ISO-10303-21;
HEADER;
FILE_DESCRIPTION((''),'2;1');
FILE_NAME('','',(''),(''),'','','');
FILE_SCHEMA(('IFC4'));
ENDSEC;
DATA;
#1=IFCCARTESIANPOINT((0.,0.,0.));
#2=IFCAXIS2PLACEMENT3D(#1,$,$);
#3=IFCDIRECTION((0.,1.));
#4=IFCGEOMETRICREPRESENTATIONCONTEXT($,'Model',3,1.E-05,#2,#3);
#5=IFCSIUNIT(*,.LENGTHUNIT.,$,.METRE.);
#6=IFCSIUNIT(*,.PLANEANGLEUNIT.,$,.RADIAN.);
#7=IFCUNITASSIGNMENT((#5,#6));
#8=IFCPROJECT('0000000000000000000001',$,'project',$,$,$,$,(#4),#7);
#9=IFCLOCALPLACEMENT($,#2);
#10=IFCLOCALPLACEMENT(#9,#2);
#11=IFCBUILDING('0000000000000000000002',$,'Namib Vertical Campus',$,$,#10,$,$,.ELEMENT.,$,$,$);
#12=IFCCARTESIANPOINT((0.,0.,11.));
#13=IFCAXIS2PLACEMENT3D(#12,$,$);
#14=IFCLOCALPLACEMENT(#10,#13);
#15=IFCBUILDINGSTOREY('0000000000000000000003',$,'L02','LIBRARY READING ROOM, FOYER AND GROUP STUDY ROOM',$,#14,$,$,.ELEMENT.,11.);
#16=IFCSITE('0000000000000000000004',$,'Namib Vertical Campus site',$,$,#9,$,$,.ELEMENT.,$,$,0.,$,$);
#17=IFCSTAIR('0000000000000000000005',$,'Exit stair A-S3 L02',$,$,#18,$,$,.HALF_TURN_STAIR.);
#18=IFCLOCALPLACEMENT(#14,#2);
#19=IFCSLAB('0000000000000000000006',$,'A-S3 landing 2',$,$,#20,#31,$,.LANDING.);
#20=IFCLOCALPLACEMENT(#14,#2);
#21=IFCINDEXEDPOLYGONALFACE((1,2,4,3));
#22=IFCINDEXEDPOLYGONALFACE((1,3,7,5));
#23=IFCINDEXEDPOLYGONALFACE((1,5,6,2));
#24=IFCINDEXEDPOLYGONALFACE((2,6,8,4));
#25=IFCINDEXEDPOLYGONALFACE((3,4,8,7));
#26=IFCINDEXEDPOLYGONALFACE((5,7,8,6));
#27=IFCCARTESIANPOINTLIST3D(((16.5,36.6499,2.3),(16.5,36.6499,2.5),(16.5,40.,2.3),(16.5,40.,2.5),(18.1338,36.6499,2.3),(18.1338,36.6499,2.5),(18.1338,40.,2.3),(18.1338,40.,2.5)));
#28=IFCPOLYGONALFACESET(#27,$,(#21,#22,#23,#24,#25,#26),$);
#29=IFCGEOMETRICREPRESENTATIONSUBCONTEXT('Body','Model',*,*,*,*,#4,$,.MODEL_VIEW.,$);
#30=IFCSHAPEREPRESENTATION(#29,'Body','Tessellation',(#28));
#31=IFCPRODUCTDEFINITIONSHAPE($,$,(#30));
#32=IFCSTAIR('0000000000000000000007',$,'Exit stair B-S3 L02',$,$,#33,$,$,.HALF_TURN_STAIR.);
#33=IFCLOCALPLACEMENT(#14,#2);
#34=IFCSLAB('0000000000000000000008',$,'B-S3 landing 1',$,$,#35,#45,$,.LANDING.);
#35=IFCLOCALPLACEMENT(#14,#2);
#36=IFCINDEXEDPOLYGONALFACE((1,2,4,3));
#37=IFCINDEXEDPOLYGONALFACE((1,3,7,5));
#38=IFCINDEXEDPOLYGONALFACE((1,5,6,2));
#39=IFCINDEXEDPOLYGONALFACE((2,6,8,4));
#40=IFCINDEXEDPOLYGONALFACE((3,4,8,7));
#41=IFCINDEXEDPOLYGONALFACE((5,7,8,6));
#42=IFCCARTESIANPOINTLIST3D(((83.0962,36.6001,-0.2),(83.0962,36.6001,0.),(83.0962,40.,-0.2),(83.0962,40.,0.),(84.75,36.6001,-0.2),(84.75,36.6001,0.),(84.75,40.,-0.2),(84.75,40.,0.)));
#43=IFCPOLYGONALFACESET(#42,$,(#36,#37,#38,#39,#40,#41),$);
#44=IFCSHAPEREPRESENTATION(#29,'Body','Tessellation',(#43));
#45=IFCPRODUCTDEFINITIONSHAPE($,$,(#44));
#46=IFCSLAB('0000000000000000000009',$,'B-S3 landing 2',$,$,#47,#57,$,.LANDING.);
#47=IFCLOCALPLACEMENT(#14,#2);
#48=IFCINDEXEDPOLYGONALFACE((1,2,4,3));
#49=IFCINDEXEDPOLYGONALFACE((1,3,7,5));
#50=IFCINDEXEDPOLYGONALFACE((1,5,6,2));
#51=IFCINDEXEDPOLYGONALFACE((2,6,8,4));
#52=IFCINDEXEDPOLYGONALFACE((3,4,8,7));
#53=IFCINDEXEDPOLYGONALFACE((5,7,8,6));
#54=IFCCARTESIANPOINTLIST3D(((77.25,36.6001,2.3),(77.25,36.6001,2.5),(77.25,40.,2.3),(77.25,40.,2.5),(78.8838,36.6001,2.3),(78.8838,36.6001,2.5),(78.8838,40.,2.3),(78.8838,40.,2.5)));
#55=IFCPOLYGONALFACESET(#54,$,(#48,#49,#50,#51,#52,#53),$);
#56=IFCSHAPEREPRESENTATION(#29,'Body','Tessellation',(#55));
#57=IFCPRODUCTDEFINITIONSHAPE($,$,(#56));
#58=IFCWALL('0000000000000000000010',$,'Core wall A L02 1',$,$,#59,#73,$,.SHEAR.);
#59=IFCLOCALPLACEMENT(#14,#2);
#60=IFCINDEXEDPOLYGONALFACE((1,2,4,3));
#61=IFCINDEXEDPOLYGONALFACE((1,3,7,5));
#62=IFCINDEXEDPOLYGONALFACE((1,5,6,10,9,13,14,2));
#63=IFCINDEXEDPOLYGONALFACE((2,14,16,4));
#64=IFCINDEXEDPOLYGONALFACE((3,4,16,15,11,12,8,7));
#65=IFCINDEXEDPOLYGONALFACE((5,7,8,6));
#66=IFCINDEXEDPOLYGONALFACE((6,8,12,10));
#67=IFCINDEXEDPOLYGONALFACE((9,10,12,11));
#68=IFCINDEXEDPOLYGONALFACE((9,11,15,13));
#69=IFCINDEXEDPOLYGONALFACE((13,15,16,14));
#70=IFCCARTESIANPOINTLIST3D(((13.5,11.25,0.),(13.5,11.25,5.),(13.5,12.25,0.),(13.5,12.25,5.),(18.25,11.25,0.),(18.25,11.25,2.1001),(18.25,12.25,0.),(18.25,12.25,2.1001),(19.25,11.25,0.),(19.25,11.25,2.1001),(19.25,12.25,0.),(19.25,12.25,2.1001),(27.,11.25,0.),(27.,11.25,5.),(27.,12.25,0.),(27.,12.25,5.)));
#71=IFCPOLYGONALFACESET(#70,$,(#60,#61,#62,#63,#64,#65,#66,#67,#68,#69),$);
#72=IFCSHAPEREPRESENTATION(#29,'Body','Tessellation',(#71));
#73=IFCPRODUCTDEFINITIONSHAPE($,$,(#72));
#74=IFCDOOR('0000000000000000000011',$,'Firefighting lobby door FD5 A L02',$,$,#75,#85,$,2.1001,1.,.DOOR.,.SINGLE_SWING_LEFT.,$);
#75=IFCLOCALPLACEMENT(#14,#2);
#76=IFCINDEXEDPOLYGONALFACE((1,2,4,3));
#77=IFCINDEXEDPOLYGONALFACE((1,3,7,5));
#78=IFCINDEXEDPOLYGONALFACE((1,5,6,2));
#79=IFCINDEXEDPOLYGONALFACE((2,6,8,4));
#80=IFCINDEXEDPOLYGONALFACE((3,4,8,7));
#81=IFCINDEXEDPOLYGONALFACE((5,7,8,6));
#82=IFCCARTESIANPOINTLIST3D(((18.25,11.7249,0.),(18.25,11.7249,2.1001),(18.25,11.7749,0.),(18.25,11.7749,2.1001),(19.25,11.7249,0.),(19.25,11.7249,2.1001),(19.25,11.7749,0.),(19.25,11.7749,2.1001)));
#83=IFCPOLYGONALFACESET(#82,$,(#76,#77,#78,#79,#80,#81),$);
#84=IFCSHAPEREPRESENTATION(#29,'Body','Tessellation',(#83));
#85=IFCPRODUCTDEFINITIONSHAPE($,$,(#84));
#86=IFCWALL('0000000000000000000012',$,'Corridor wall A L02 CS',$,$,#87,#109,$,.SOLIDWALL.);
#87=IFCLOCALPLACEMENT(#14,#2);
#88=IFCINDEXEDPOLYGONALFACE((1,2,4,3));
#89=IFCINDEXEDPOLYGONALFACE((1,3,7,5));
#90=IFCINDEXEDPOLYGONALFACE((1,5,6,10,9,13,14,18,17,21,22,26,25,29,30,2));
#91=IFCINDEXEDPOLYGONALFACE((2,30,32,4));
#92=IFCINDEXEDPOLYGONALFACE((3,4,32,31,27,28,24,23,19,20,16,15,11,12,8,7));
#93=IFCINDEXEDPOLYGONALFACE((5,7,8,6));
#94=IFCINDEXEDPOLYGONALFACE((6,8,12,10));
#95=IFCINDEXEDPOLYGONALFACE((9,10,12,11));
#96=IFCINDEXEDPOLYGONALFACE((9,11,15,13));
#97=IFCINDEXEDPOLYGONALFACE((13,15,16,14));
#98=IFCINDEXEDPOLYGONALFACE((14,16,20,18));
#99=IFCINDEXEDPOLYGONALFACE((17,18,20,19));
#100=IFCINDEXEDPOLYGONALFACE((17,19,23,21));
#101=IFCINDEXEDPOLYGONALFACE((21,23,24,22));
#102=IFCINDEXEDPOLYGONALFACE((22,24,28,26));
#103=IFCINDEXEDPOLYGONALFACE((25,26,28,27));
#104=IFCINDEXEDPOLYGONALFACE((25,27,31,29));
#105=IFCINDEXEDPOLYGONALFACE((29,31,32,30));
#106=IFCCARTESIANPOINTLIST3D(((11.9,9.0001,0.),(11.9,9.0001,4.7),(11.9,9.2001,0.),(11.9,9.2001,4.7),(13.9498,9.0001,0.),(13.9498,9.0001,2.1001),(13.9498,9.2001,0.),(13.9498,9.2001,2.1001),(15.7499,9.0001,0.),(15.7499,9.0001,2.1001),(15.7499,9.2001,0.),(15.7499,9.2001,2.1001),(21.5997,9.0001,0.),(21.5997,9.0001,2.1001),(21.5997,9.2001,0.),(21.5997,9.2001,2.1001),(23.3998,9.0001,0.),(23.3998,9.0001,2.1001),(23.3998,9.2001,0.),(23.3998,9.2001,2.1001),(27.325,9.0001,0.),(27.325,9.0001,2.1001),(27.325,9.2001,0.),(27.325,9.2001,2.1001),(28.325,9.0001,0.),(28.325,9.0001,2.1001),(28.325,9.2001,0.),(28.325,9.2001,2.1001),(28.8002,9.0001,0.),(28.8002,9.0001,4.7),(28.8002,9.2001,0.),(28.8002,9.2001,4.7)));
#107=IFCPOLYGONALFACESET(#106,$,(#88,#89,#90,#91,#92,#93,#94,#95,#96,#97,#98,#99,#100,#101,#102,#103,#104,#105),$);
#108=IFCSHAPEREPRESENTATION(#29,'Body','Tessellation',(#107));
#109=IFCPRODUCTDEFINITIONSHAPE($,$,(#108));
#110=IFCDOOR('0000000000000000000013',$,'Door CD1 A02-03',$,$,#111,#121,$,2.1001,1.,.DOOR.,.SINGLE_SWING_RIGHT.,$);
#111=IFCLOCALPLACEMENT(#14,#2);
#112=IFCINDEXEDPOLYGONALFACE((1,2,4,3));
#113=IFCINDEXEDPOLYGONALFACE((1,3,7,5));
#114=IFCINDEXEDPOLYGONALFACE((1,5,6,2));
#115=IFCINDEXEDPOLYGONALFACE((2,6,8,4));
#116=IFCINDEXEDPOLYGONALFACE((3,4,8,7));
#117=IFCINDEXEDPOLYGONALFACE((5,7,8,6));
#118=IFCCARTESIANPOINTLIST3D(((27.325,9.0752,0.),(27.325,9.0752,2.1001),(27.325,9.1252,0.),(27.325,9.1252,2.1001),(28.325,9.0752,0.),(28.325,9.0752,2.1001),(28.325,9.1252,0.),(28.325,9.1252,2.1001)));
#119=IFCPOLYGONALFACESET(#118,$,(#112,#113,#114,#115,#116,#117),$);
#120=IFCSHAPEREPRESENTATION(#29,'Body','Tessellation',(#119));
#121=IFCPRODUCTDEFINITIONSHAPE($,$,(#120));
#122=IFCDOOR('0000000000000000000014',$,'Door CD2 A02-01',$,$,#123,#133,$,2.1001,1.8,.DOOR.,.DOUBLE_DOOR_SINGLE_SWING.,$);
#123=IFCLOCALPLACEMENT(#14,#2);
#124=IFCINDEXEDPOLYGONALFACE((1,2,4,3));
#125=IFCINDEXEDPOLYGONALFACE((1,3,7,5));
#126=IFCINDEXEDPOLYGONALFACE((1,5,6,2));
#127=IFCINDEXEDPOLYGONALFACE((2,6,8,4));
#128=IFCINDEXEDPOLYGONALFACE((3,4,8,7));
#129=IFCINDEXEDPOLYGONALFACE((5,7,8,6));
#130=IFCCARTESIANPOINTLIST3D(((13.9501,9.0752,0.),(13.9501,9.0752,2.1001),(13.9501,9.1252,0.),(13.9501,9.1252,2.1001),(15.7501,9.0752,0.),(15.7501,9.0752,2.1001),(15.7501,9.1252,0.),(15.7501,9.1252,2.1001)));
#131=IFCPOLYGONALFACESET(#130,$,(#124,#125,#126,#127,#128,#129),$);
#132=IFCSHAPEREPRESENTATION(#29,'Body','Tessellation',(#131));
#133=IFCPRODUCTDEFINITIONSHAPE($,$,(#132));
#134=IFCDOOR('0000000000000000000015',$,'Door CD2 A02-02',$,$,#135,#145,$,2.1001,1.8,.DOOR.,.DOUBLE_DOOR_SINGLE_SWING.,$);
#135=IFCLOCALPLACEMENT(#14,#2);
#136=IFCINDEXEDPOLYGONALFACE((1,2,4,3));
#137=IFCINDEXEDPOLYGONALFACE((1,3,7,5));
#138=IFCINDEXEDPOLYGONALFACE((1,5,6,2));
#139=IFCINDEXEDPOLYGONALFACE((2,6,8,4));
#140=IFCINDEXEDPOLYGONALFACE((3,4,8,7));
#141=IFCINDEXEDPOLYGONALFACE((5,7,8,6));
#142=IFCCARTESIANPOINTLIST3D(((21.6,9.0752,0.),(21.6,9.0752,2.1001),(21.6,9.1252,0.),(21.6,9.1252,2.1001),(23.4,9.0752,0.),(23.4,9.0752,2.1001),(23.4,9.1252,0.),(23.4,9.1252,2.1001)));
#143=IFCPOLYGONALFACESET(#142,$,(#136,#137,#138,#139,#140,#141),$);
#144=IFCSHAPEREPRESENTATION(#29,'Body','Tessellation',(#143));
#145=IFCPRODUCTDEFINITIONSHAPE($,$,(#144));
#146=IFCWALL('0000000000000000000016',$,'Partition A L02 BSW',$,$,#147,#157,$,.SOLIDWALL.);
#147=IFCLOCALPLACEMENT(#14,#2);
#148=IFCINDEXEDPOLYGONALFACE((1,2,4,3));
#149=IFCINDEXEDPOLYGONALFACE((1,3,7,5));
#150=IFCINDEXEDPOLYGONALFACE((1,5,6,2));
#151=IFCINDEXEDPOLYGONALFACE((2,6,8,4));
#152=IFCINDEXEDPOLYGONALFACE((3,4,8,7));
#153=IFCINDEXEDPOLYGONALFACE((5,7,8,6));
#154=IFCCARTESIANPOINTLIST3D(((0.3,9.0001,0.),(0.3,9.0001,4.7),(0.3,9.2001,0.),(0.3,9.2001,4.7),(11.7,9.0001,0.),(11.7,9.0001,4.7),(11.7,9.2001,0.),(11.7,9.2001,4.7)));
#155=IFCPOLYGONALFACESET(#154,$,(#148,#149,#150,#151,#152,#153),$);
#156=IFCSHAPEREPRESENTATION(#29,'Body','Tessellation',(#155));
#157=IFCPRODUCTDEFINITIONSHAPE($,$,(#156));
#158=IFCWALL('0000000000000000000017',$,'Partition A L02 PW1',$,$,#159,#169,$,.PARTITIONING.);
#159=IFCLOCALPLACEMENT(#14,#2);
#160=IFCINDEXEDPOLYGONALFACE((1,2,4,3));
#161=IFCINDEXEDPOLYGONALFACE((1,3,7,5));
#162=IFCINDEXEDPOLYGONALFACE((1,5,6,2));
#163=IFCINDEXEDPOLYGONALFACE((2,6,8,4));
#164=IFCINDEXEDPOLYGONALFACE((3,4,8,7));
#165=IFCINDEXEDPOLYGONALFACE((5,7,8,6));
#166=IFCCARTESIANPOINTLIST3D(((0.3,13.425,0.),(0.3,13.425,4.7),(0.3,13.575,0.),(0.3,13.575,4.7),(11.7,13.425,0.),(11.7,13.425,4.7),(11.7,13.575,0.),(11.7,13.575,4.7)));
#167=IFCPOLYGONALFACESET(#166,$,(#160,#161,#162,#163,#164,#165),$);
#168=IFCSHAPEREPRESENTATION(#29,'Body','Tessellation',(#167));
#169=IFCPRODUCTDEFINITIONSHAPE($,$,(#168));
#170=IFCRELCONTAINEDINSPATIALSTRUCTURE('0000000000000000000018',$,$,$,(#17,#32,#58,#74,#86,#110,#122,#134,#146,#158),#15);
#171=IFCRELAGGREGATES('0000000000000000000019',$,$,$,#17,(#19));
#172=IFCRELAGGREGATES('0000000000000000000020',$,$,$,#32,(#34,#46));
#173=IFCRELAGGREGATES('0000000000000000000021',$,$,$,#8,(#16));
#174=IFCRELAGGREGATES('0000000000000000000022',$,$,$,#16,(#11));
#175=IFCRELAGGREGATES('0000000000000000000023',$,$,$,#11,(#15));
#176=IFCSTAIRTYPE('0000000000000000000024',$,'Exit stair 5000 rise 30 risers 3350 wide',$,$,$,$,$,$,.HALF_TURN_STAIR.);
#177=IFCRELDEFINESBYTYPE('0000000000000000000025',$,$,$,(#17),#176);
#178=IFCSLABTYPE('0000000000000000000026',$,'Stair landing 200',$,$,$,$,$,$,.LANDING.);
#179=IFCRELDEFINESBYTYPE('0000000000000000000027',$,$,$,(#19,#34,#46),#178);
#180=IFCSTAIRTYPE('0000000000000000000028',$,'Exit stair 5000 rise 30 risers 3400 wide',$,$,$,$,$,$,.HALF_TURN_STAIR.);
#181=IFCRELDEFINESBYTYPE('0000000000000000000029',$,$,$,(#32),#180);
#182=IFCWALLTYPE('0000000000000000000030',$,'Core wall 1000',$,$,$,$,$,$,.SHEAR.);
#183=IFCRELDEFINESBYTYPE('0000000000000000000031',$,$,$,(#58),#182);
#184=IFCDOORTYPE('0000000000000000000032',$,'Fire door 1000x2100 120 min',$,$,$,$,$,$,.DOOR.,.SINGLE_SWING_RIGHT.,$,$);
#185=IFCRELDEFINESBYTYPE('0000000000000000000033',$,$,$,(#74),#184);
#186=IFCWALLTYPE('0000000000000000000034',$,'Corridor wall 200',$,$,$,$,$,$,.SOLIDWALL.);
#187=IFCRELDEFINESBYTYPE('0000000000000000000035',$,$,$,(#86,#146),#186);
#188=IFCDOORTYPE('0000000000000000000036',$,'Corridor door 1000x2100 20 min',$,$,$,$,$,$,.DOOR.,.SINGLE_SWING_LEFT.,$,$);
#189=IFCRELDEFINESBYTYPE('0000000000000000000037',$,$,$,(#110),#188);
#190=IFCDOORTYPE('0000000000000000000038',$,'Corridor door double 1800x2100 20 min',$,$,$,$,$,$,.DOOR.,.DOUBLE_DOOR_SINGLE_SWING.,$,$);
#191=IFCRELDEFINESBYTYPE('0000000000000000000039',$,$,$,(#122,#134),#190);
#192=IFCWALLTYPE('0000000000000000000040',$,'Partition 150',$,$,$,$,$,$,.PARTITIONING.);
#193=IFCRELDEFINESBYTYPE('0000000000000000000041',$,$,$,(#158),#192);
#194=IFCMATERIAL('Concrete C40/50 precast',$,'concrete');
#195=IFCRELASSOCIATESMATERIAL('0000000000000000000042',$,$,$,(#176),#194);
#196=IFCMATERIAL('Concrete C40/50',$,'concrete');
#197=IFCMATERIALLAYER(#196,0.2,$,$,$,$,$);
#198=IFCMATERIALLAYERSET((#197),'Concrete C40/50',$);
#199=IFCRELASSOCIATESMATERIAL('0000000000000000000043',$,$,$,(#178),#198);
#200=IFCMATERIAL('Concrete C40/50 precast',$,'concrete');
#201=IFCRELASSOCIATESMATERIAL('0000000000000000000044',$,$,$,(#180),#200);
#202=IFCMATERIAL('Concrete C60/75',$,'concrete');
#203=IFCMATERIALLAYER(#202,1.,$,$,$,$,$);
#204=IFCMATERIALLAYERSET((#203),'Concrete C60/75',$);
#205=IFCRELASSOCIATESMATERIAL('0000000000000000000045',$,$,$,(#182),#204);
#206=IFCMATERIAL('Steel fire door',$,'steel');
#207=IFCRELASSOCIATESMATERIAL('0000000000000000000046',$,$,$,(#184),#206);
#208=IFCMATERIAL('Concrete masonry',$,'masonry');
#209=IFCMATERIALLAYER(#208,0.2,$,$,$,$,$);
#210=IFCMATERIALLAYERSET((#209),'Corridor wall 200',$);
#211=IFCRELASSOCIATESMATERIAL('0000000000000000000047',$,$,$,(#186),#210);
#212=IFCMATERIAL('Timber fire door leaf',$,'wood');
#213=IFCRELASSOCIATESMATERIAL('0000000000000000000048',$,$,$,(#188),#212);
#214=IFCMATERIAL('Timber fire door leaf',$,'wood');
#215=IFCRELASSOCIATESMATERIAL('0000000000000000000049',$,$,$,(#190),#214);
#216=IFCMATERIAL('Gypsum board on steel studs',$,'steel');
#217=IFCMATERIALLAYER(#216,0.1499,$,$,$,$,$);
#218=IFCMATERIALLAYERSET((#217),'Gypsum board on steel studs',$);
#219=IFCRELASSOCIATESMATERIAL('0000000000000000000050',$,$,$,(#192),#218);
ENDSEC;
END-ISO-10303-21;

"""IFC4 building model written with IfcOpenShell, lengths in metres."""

from ifc_helpers import new_model, si_unit, direction, frame, frame_2d, origin, place, context, subcontext, project, spatial, polyline, rectangle, outline, extrude, material, layer, layer_set, type_object, element, fill, aggregate, save


model = new_model("IFC4")

# Units and contexts
model_context = context("Model", 3, precision=1e-05, world=origin(), true_north=direction((0.0, 1.0)))
body_context = subcontext(model_context, "Body", "Model", "MODEL_VIEW")
ifc_project = project(units=[si_unit("LENGTHUNIT", "METRE"), si_unit("PLANEANGLEUNIT", "RADIAN")], contexts=[model_context])

# Site, building, storey
site_placement = place(None, origin())
site = spatial("IfcSite", under=ifc_project, at=site_placement, Name="Namib Vertical Campus site", CompositionType="ELEMENT", RefElevation=0.0)
building_placement = place(site_placement, origin())
building = spatial("IfcBuilding", under=site, at=building_placement, Name="Namib Vertical Campus", CompositionType="ELEMENT")
storey_placement = place(building_placement, frame((0.0, 0.0, 11.0)))
storey = spatial("IfcBuildingStorey", under=building, at=storey_placement, Name="L02", Description="LIBRARY READING ROOM, FOYER AND GROUP STUDY ROOM", CompositionType="ELEMENT", Elevation=11.0)

# Stair, slab
ifc_material_1 = material(Name="Concrete C40/50 precast", Category="concrete")
stair_type_1 = type_object("IfcStairType", Name="Exit stair 5000 rise 30 risers 3350 wide", PredefinedType="HALF_TURN_STAIR", material=ifc_material_1)
stair_1_placement = place(storey_placement, origin())
stair_1 = element("IfcStair", 1, at=stair_1_placement, inside=storey, type_object=stair_type_1, Name="Exit stair A-S3 L02", PredefinedType="HALF_TURN_STAIR")
ifc_material_2 = material(Name="Concrete C40/50", Category="concrete")
ifc_layer_1 = layer(ifc_material_2, 0.2)
ifc_layer_set_1 = layer_set([ifc_layer_1], Name="Concrete C40/50")
slab_type = type_object("IfcSlabType", Name="Stair landing 200", PredefinedType="LANDING", material=ifc_layer_set_1)
slab_1_placement = place(storey_placement, frame((0.0, 0.0, 2.3)))
slab_1 = element("IfcSlab", 2, at=slab_1_placement, type_object=slab_type, Name="A-S3 landing 2", PredefinedType="LANDING", context=body_context, shape_type="SweptSolid", body=[
    extrude(outline(polyline([(16.5, 36.6499), (16.5, 40.0), (18.1338, 40.0), (18.1338, 36.6499), (16.5, 36.6499)])), origin(), (0.0, 0.0, 1.0), 0.2),
])
aggregate(stair_1, [slab_1])

# Stair, slabs
ifc_material_3 = material(Name="Concrete C40/50 precast", Category="concrete")
stair_type_2 = type_object("IfcStairType", Name="Exit stair 5000 rise 30 risers 3400 wide", PredefinedType="HALF_TURN_STAIR", material=ifc_material_3)
stair_2_placement = place(storey_placement, origin())
stair_2 = element("IfcStair", 3, at=stair_2_placement, inside=storey, type_object=stair_type_2, Name="Exit stair B-S3 L02", PredefinedType="HALF_TURN_STAIR")
slab_2_placement = place(storey_placement, frame((0.0, 0.0, -0.2)))
slab_2 = element("IfcSlab", 4, at=slab_2_placement, type_object=slab_type, Name="B-S3 landing 1", PredefinedType="LANDING", context=body_context, shape_type="SweptSolid", body=[
    extrude(outline(polyline([(83.0962, 36.6001), (83.0962, 40.0), (84.75, 40.0), (84.75, 36.6001), (83.0962, 36.6001)])), origin(), (0.0, 0.0, 1.0), 0.2),
])
slab_3_placement = place(storey_placement, frame((0.0, 0.0, 2.3)))
slab_3 = element("IfcSlab", 5, at=slab_3_placement, type_object=slab_type, Name="B-S3 landing 2", PredefinedType="LANDING", context=body_context, shape_type="SweptSolid", body=[
    extrude(outline(polyline([(77.25, 36.6001), (77.25, 40.0), (78.8838, 40.0), (78.8838, 36.6001), (77.25, 36.6001)])), origin(), (0.0, 0.0, 1.0), 0.2),
])
aggregate(stair_2, [slab_2, slab_3])

# Wall, opening, door
ifc_material_4 = material(Name="Concrete C60/75", Category="concrete")
ifc_layer_2 = layer(ifc_material_4, 1.0)
ifc_layer_set_2 = layer_set([ifc_layer_2], Name="Concrete C60/75")
wall_type_1 = type_object("IfcWallType", Name="Core wall 1000", PredefinedType="SHEAR", material=ifc_layer_set_2)
wall_1_placement = place(storey_placement, frame((13.5, 11.75, 0.0), z_axis=(0.0, 0.0, 1.0), x_axis=(1.0, 0.0, 0.0)))
wall_1 = element("IfcWall", 6, at=wall_1_placement, inside=storey, type_object=wall_type_1, Name="Core wall A L02 1", PredefinedType="SHEAR", context=body_context, shape_type="SweptSolid", body=[
    extrude(rectangle(XDim=13.5, YDim=1.0, at=frame_2d((6.75, 0.0))), origin(), (0.0, 0.0, 1.0), 5.0),
])
opening_1_placement = place(wall_1_placement, frame((4.75, 0.0, 0.0)))
opening_1 = element("IfcOpeningElement", 7, at=opening_1_placement, cuts=wall_1, PredefinedType="OPENING", context=body_context, shape_type="SweptSolid", body=[
    extrude(rectangle(XDim=1.0, YDim=2.1001, at=frame_2d((0.5, 1.05))), frame((0.0, 0.51, 0.0), z_axis=(0.0, -1.0, 0.0), x_axis=(1.0, 0.0, 0.0)), (0.0, 0.0, 1.0), 1.02),
])
ifc_material_5 = material(Name="Steel fire door", Category="steel")
door_type_1 = type_object("IfcDoorType", Name="Fire door 1000x2100 120 min", OperationType="SINGLE_SWING_RIGHT", PredefinedType="DOOR", material=ifc_material_5)
door_1_placement = place(opening_1_placement, origin())
door_1 = element("IfcDoor", 8, at=door_1_placement, inside=storey, type_object=door_type_1, Name="Firefighting lobby door FD5 A L02", OperationType="SINGLE_SWING_LEFT", OverallHeight=2.1001, OverallWidth=1.0, PredefinedType="DOOR", context=body_context, shape_type="SweptSolid", body=[
    extrude(rectangle(XDim=1.0, YDim=2.1001, at=frame_2d((0.5, 1.05))), frame((0.0, 0.0249, 0.0), z_axis=(0.0, -1.0, 0.0), x_axis=(1.0, 0.0, 0.0)), (0.0, 0.0, 1.0), 0.05),
])
fill(opening_1, door_1)

# Wall, openings, doors
ifc_material_6 = material(Name="Concrete masonry", Category="masonry")
ifc_layer_3 = layer(ifc_material_6, 0.2)
ifc_layer_set_3 = layer_set([ifc_layer_3], Name="Corridor wall 200")
wall_type_2 = type_object("IfcWallType", Name="Corridor wall 200", PredefinedType="SOLIDWALL", material=ifc_layer_set_3)
wall_2_placement = place(storey_placement, frame((11.8999, 9.1001, 0.0), z_axis=(0.0, 0.0, 1.0), x_axis=(1.0, 0.0, 0.0)))
wall_2 = element("IfcWall", 9, at=wall_2_placement, inside=storey, type_object=wall_type_2, Name="Corridor wall A L02 CS", PredefinedType="SOLIDWALL", context=body_context, shape_type="SweptSolid", body=[
    extrude(rectangle(XDim=16.9001, YDim=0.2, at=frame_2d((8.4502, 0.0))), origin(), (0.0, 0.0, 1.0), 4.7),
])
opening_2_placement = place(wall_2_placement, frame((2.05, 0.0, 0.0)))
opening_2 = element("IfcOpeningElement", 10, at=opening_2_placement, cuts=wall_2, PredefinedType="OPENING", context=body_context, shape_type="SweptSolid", body=[
    extrude(rectangle(XDim=1.8, YDim=2.1001, at=frame_2d((0.8999, 1.05))), frame((0.0, 0.1099, 0.0), z_axis=(0.0, -1.0, 0.0), x_axis=(1.0, 0.0, 0.0)), (0.0, 0.0, 1.0), 0.22),
])
opening_3_placement = place(wall_2_placement, frame((9.7, 0.0, 0.0)))
opening_3 = element("IfcOpeningElement", 11, at=opening_3_placement, cuts=wall_2, PredefinedType="OPENING", context=body_context, shape_type="SweptSolid", body=[
    extrude(rectangle(XDim=1.8, YDim=2.1001, at=frame_2d((0.8999, 1.05))), frame((0.0, 0.1099, 0.0), z_axis=(0.0, -1.0, 0.0), x_axis=(1.0, 0.0, 0.0)), (0.0, 0.0, 1.0), 0.22),
])
opening_4_placement = place(wall_2_placement, frame((15.425, 0.0, 0.0)))
opening_4 = element("IfcOpeningElement", 12, at=opening_4_placement, cuts=wall_2, PredefinedType="OPENING", context=body_context, shape_type="SweptSolid", body=[
    extrude(rectangle(XDim=1.0, YDim=2.1001, at=frame_2d((0.5, 1.05))), frame((0.0, 0.1099, 0.0), z_axis=(0.0, -1.0, 0.0), x_axis=(1.0, 0.0, 0.0)), (0.0, 0.0, 1.0), 0.22),
])
ifc_material_7 = material(Name="Timber fire door leaf", Category="wood")
door_type_2 = type_object("IfcDoorType", Name="Corridor door 1000x2100 20 min", OperationType="SINGLE_SWING_LEFT", PredefinedType="DOOR", material=ifc_material_7)
door_2_placement = place(opening_4_placement, frame((1.0, 0.0, 0.0), z_axis=(0.0, 0.0, 1.0), x_axis=(-1.0, 0.0, 0.0)))
door_2 = element("IfcDoor", 13, at=door_2_placement, inside=storey, type_object=door_type_2, Name="Door CD1 A02-03", OperationType="SINGLE_SWING_RIGHT", OverallHeight=2.1001, OverallWidth=1.0, PredefinedType="DOOR", context=body_context, shape_type="SweptSolid", body=[
    extrude(rectangle(XDim=1.0, YDim=2.1001, at=frame_2d((0.5, 1.05))), frame((0.0, 0.0249, 0.0), z_axis=(0.0, -1.0, 0.0), x_axis=(1.0, 0.0, 0.0)), (0.0, 0.0, 1.0), 0.05),
])
fill(opening_4, door_2)
ifc_material_8 = material(Name="Timber fire door leaf", Category="wood")
door_type_3 = type_object("IfcDoorType", Name="Corridor door double 1800x2100 20 min", OperationType="DOUBLE_DOOR_SINGLE_SWING", PredefinedType="DOOR", material=ifc_material_8)
door_3_placement = place(opening_2_placement, frame((1.8, 0.0, 0.0), z_axis=(0.0, 0.0, 1.0), x_axis=(-1.0, 0.0, 0.0)))
door_3 = element("IfcDoor", 14, at=door_3_placement, inside=storey, type_object=door_type_3, Name="Door CD2 A02-01", OperationType="DOUBLE_DOOR_SINGLE_SWING", OverallHeight=2.1001, OverallWidth=1.8, PredefinedType="DOOR", context=body_context, shape_type="SweptSolid", body=[
    extrude(rectangle(XDim=1.8, YDim=2.1001, at=frame_2d((0.8999, 1.05))), frame((0.0, 0.0249, 0.0), z_axis=(0.0, -1.0, 0.0), x_axis=(1.0, 0.0, 0.0)), (0.0, 0.0, 1.0), 0.05),
])
fill(opening_2, door_3)
door_4_placement = place(opening_3_placement, frame((1.8, 0.0, 0.0), z_axis=(0.0, 0.0, 1.0), x_axis=(-1.0, 0.0, 0.0)))
door_4 = element("IfcDoor", 15, at=door_4_placement, inside=storey, type_object=door_type_3, Name="Door CD2 A02-02", OperationType="DOUBLE_DOOR_SINGLE_SWING", OverallHeight=2.1001, OverallWidth=1.8, PredefinedType="DOOR", context=body_context, shape_type="SweptSolid", body=[
    extrude(rectangle(XDim=1.8, YDim=2.1001, at=frame_2d((0.8999, 1.05))), frame((0.0, 0.0249, 0.0), z_axis=(0.0, -1.0, 0.0), x_axis=(1.0, 0.0, 0.0)), (0.0, 0.0, 1.0), 0.05),
])
fill(opening_3, door_4)

# Walls
wall_3_placement = place(storey_placement, frame((0.3, 9.1001, 0.0), z_axis=(0.0, 0.0, 1.0), x_axis=(1.0, 0.0, 0.0)))
element("IfcWall", 16, at=wall_3_placement, inside=storey, type_object=wall_type_2, Name="Partition A L02 BSW", PredefinedType="SOLIDWALL", context=body_context, shape_type="SweptSolid", body=[
    extrude(rectangle(XDim=11.3999, YDim=0.2, at=frame_2d((5.7, 0.0))), origin(), (0.0, 0.0, 1.0), 4.7),
])
ifc_material_9 = material(Name="Gypsum board on steel studs", Category="steel")
ifc_layer_4 = layer(ifc_material_9, 0.1499)
ifc_layer_set_4 = layer_set([ifc_layer_4], Name="Gypsum board on steel studs")
wall_type_3 = type_object("IfcWallType", Name="Partition 150", PredefinedType="PARTITIONING", material=ifc_layer_set_4)
wall_4_placement = place(storey_placement, frame((0.3, 13.5, 0.0), z_axis=(0.0, 0.0, 1.0), x_axis=(1.0, 0.0, 0.0)))
element("IfcWall", 17, at=wall_4_placement, inside=storey, type_object=wall_type_3, Name="Partition A L02 PW1", PredefinedType="PARTITIONING", context=body_context, shape_type="SweptSolid", body=[
    extrude(rectangle(XDim=11.3999, YDim=0.1499, at=frame_2d((5.7, 0.0))), origin(), (0.0, 0.0, 1.0), 4.7),
])

save(model, "model.ifc")
